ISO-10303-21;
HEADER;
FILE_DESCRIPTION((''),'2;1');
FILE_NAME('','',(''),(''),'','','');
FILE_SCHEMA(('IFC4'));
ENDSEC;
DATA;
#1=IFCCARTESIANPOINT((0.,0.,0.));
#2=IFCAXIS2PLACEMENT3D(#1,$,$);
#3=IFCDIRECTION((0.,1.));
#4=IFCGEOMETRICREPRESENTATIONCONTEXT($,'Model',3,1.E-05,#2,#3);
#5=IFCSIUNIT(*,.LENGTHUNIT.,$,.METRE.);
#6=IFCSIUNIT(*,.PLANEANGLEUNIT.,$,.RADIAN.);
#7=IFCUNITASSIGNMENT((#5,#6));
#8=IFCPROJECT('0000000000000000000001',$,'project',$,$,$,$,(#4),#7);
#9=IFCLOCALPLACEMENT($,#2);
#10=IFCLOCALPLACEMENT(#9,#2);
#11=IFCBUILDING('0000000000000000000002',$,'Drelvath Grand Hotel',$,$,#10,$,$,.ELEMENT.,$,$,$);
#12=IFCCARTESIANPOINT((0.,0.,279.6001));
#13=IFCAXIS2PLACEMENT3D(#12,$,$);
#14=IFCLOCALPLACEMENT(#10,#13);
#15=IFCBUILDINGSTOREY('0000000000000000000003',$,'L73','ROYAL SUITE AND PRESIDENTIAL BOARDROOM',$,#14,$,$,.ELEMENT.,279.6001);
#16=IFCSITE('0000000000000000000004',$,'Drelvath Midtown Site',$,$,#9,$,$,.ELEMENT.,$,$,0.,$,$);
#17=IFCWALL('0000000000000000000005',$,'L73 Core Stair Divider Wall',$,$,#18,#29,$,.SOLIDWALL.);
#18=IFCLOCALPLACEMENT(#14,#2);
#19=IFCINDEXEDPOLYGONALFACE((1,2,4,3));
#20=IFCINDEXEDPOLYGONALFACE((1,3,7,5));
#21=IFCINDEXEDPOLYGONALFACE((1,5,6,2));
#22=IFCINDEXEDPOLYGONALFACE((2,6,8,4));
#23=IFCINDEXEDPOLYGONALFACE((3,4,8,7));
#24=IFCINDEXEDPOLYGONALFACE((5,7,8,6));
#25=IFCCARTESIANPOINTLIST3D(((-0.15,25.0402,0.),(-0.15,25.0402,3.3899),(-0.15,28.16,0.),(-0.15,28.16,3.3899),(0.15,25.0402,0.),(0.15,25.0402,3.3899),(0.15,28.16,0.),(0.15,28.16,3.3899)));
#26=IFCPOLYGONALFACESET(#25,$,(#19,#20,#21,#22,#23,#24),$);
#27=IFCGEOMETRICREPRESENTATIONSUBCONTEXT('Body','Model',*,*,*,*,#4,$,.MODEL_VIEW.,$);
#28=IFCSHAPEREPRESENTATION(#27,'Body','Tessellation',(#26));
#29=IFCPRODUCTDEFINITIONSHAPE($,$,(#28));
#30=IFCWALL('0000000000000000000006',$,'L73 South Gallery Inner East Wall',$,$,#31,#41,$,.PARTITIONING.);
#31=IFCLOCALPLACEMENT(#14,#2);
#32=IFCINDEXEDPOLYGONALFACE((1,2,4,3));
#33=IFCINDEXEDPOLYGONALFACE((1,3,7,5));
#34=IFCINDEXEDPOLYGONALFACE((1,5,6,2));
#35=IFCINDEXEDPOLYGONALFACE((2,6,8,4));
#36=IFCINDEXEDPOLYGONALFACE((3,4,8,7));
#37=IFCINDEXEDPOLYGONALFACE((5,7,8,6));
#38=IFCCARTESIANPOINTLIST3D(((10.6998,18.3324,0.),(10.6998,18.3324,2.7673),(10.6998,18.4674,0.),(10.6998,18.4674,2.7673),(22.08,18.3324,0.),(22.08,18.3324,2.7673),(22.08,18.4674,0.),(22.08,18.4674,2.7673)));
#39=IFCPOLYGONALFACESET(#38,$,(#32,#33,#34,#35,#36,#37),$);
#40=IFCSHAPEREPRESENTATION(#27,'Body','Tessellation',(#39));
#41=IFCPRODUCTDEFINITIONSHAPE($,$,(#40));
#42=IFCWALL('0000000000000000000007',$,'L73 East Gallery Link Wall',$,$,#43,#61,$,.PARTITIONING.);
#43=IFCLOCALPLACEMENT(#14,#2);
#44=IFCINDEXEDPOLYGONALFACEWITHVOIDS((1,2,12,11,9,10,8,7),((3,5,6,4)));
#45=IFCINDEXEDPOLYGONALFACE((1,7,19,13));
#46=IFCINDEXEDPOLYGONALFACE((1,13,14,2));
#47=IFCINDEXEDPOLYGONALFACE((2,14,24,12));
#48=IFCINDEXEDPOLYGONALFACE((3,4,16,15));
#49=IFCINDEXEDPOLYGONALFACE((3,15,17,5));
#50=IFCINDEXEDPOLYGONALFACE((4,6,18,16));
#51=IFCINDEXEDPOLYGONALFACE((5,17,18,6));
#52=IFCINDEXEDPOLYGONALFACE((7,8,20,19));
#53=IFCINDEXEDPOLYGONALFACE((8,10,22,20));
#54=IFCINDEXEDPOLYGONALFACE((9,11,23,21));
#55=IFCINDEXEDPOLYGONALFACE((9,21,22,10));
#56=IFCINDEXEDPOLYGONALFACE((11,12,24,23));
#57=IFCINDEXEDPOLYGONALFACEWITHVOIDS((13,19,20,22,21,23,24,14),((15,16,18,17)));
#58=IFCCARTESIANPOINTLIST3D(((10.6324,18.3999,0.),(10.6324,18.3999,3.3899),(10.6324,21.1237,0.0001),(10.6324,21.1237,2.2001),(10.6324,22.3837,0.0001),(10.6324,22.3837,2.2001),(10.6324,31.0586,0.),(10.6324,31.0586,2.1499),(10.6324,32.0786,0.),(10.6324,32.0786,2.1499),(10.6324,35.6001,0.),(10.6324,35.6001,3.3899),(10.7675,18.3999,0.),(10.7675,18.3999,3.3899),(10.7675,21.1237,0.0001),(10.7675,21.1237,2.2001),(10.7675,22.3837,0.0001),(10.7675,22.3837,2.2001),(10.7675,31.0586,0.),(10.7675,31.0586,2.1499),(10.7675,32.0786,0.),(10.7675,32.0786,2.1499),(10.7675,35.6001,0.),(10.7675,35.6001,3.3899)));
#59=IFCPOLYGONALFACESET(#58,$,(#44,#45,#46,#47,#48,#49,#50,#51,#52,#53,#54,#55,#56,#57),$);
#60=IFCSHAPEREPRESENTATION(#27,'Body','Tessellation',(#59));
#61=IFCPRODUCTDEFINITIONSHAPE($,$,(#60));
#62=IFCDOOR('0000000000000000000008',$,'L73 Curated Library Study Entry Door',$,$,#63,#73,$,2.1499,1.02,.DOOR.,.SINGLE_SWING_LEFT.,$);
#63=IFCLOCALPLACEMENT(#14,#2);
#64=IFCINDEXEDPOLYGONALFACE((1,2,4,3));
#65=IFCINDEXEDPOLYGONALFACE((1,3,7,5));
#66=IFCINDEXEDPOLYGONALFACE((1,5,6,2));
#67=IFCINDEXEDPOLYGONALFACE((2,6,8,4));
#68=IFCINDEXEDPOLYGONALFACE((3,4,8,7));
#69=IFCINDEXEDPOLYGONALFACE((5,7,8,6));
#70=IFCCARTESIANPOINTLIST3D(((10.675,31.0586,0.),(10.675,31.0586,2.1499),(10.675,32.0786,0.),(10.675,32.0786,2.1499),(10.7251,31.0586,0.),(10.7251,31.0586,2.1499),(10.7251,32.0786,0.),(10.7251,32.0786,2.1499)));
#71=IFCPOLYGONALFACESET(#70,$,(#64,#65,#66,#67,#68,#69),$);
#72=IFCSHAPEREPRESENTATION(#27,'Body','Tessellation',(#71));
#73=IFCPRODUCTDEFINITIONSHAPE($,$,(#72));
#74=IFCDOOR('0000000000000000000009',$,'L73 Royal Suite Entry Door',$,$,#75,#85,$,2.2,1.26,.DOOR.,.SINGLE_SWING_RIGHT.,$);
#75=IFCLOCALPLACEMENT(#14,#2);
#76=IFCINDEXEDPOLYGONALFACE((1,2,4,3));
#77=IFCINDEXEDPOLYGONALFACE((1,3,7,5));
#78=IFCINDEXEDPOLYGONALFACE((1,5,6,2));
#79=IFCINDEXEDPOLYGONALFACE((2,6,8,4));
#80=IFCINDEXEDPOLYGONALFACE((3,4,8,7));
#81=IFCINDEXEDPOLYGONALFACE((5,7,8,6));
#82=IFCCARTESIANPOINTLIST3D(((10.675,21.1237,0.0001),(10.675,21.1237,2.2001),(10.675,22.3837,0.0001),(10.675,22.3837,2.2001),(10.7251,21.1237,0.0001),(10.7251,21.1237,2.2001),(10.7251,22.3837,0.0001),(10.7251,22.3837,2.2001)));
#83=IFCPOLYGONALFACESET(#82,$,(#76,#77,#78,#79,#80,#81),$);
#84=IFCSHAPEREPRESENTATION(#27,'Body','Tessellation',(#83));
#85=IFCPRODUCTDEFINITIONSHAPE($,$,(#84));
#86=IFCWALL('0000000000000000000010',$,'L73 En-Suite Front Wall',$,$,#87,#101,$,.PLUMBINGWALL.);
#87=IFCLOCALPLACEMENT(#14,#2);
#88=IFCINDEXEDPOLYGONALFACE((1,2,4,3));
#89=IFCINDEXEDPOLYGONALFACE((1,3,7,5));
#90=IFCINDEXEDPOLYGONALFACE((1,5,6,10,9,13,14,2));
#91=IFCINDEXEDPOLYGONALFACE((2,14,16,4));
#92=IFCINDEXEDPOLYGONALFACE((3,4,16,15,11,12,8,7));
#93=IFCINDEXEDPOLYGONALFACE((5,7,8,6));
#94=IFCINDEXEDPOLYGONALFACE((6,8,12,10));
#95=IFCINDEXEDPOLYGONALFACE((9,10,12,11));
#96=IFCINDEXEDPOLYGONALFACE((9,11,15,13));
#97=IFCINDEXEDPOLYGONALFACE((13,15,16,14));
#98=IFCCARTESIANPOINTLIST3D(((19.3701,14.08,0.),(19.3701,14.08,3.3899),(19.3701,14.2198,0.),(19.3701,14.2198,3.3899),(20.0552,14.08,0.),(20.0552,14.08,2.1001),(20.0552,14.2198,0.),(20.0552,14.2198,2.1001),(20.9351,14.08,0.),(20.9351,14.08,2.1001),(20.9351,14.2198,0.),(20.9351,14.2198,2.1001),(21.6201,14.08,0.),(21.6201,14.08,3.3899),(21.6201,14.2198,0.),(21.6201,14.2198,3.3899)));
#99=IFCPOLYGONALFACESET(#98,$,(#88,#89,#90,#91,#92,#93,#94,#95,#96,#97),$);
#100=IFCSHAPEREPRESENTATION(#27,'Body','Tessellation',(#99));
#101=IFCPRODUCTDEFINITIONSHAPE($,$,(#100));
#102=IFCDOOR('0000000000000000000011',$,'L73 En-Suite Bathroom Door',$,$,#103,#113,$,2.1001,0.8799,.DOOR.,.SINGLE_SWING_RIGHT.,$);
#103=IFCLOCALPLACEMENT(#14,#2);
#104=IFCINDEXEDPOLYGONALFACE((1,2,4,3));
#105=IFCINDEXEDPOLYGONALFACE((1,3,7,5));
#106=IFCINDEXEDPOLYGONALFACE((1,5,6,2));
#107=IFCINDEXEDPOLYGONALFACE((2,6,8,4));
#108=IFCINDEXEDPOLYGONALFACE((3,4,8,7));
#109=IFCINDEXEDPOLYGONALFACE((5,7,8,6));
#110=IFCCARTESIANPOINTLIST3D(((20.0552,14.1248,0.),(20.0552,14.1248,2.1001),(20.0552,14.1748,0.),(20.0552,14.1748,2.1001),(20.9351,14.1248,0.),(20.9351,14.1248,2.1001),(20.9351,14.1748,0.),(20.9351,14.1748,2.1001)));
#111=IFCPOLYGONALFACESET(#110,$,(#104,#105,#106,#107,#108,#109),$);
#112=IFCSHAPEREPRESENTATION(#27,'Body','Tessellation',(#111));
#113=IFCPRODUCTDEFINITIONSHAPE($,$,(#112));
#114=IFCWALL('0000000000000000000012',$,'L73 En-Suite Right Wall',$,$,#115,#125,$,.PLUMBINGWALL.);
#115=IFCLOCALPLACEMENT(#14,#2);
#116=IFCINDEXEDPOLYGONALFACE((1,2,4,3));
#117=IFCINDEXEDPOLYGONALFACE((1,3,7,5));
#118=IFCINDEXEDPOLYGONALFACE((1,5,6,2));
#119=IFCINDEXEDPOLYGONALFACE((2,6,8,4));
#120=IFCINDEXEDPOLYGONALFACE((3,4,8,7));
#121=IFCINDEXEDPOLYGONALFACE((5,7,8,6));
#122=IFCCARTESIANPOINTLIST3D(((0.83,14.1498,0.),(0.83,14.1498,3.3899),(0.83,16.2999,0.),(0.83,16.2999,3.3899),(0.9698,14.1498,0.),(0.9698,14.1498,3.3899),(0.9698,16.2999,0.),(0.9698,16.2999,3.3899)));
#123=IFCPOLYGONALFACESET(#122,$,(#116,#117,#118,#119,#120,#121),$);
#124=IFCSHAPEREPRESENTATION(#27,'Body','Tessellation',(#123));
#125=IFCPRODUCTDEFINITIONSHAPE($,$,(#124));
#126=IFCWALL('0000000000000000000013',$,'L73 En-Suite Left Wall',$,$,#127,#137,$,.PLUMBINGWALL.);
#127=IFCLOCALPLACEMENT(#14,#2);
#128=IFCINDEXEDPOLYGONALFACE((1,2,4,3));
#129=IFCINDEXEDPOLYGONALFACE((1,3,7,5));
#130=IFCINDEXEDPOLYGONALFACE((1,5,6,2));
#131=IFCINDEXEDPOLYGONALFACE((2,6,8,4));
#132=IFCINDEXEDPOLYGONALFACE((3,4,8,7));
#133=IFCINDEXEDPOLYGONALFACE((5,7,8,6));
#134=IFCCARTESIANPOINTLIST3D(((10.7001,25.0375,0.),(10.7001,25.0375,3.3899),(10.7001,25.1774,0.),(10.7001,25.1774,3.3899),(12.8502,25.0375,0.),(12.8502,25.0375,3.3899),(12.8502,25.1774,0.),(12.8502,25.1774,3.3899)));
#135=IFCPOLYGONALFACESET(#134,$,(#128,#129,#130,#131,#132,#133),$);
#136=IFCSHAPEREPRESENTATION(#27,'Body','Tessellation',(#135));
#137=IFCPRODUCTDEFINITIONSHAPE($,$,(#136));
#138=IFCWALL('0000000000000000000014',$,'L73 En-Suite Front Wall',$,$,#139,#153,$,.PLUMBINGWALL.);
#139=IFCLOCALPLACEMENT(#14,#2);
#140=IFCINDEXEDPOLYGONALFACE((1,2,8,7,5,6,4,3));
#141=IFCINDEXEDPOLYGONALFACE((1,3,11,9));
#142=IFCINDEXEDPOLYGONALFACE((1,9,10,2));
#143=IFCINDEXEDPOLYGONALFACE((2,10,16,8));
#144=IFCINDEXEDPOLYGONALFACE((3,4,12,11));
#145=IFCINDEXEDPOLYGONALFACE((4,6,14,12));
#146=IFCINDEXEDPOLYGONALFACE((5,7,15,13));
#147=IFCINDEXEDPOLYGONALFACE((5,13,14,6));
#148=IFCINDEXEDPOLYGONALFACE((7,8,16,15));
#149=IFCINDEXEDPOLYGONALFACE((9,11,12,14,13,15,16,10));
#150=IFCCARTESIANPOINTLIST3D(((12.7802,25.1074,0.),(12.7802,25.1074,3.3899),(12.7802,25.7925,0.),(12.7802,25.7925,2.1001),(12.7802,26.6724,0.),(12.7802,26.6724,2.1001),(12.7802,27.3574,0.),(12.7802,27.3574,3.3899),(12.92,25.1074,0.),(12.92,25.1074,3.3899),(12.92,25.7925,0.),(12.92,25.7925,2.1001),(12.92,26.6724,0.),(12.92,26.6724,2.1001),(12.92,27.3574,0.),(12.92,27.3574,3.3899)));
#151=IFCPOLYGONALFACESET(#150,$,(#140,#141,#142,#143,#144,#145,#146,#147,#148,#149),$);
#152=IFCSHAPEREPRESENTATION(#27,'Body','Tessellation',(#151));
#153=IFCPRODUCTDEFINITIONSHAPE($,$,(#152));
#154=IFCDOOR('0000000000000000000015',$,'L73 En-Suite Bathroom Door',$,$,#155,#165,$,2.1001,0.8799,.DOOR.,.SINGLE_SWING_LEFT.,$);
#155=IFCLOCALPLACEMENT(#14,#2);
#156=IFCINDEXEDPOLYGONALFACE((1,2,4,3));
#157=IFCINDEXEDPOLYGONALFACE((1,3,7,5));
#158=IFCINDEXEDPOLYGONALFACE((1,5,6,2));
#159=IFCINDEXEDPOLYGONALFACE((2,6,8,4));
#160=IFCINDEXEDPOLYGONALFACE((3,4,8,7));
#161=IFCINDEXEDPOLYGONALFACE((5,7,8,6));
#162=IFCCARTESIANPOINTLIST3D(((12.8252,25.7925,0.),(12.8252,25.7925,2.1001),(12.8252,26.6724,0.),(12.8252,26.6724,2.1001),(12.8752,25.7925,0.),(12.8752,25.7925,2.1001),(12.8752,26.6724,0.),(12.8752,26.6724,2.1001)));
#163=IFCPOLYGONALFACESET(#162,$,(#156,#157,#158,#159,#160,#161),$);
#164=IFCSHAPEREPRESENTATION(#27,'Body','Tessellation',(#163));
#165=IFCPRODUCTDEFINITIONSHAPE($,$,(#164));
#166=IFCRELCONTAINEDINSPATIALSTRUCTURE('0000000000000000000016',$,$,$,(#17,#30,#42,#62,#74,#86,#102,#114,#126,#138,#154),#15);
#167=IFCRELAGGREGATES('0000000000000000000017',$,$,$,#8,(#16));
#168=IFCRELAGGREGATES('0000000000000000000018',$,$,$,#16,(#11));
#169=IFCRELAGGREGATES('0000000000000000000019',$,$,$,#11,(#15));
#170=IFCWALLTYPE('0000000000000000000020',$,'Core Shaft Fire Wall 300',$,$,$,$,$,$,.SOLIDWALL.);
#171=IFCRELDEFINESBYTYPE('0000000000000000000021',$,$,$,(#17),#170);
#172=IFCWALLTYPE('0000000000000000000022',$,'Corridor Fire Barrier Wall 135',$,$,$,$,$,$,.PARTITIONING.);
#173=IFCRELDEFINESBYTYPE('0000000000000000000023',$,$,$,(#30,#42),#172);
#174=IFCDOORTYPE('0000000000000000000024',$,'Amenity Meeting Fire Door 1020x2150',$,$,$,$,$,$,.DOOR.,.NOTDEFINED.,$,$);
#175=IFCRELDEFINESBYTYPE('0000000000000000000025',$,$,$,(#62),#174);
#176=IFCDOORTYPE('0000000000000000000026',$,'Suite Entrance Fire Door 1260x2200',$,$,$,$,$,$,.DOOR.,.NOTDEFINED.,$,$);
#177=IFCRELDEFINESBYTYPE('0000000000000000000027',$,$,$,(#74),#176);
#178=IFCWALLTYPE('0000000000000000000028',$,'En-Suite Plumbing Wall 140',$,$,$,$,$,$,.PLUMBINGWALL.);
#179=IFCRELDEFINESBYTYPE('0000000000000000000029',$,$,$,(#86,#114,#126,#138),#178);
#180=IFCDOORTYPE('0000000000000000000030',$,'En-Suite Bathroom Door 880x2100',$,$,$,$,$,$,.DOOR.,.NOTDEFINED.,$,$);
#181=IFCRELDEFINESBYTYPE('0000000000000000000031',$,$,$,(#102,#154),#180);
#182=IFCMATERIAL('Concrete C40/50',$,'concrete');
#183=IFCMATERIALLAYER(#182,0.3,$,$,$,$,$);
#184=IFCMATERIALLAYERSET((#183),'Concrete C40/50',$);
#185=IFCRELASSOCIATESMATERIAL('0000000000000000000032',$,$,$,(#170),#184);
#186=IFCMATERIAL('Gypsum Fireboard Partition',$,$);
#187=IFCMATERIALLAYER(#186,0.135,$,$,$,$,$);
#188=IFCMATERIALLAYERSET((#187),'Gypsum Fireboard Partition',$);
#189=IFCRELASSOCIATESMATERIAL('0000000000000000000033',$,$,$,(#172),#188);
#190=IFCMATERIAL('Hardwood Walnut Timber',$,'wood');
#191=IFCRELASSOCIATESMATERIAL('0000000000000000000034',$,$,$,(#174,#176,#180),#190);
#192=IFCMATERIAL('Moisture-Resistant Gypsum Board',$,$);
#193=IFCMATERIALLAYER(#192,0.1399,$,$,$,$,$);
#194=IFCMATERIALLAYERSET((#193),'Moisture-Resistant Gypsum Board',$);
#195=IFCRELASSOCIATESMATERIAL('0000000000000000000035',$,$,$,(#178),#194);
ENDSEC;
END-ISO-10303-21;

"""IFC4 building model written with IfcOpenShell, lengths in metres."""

from ifc_helpers import new_model, si_unit, direction, frame, frame_2d, origin, place, context, subcontext, project, spatial, rectangle, extrude, material, layer, layer_set, type_object, element, fill, save


model = new_model("IFC4")

# Units and contexts
model_context = context("Model", 3, precision=1e-05, world=origin(), true_north=direction((0.0, 1.0)))
body_context = subcontext(model_context, "Body", "Model", "MODEL_VIEW")
ifc_project = project(units=[si_unit("LENGTHUNIT", "METRE"), si_unit("PLANEANGLEUNIT", "RADIAN")], contexts=[model_context])

# Site, building, storey
site_placement = place(None, origin())
site = spatial("IfcSite", under=ifc_project, at=site_placement, Name="Drelvath Midtown Site", CompositionType="ELEMENT", RefElevation=0.0)
building_placement = place(site_placement, origin())
building = spatial("IfcBuilding", under=site, at=building_placement, Name="Drelvath Grand Hotel", CompositionType="ELEMENT")
storey_placement = place(building_placement, frame((0.0, 0.0, 279.6001)))
storey = spatial("IfcBuildingStorey", under=building, at=storey_placement, Name="L73", Description="ROYAL SUITE AND PRESIDENTIAL BOARDROOM", CompositionType="ELEMENT", Elevation=279.6001)

# Walls
ifc_material_1 = material(Name="Concrete C40/50", Category="concrete")
ifc_layer_1 = layer(ifc_material_1, 0.3)
ifc_layer_set_1 = layer_set([ifc_layer_1], Name="Concrete C40/50")
wall_type_1 = type_object("IfcWallType", Name="Core Shaft Fire Wall 300", PredefinedType="SOLIDWALL", material=ifc_layer_set_1)
wall_1_placement = place(storey_placement, frame((0.0, 25.04, 0.0), z_axis=(0.0, 0.0, 1.0), x_axis=(0.0, 1.0, 0.0)))
element("IfcWall", 1, at=wall_1_placement, inside=storey, type_object=wall_type_1, Name="L73 Core Stair Divider Wall", PredefinedType="SOLIDWALL", context=body_context, shape_type="SweptSolid", body=[
    extrude(rectangle(XDim=3.1199, YDim=0.3, at=frame_2d((1.5601, 0.0))), origin(), (0.0, 0.0, 1.0), 3.3899),
])
ifc_material_2 = material(Name="Gypsum Fireboard Partition")
ifc_layer_2 = layer(ifc_material_2, 0.135)
ifc_layer_set_2 = layer_set([ifc_layer_2], Name="Gypsum Fireboard Partition")
wall_type_2 = type_object("IfcWallType", Name="Corridor Fire Barrier Wall 135", PredefinedType="PARTITIONING", material=ifc_layer_set_2)
wall_2_placement = place(storey_placement, frame((10.7, 18.3999, 0.0), z_axis=(0.0, 0.0, 1.0), x_axis=(1.0, 0.0, 0.0)))
element("IfcWall", 2, at=wall_2_placement, inside=storey, type_object=wall_type_2, Name="L73 South Gallery Inner East Wall", PredefinedType="PARTITIONING", context=body_context, shape_type="SweptSolid", body=[
    extrude(rectangle(XDim=11.3801, YDim=0.135, at=frame_2d((5.6899, 0.0))), origin(), (0.0, 0.0, 1.0), 2.7673),
])

# Wall, openings, doors
wall_3_placement = place(storey_placement, frame((10.7, 18.3999, 0.0), z_axis=(0.0, 0.0, 1.0), x_axis=(0.0, 1.0, 0.0)))
wall_3 = element("IfcWall", 3, at=wall_3_placement, inside=storey, type_object=wall_type_2, Name="L73 East Gallery Link Wall", PredefinedType="PARTITIONING", context=body_context, shape_type="SweptSolid", body=[
    extrude(rectangle(XDim=17.2002, YDim=0.135, at=frame_2d((8.6001, 0.0))), origin(), (0.0, 0.0, 1.0), 3.3899),
])
opening_1_placement = place(wall_3_placement, frame((2.7239, 0.0, 0.0)))
opening_1 = element("IfcOpeningElement", 4, at=opening_1_placement, cuts=wall_3, PredefinedType="OPENING", context=body_context, shape_type="SweptSolid", body=[
    extrude(rectangle(XDim=1.26, YDim=2.2, at=frame_2d((0.6299, 1.1001))), frame((0.0, 0.0774, 0.0), z_axis=(0.0, -1.0, 0.0), x_axis=(1.0, 0.0, 0.0)), (0.0, 0.0, 1.0), 0.155),
])
opening_2_placement = place(wall_3_placement, frame((12.6587, 0.0, 0.0)))
opening_2 = element("IfcOpeningElement", 5, at=opening_2_placement, cuts=wall_3, PredefinedType="OPENING", context=body_context, shape_type="SweptSolid", body=[
    extrude(rectangle(XDim=1.02, YDim=2.1499, at=frame_2d((0.51, 1.075))), frame((0.0, 0.0774, 0.0), z_axis=(0.0, -1.0, 0.0), x_axis=(1.0, 0.0, 0.0)), (0.0, 0.0, 1.0), 0.155),
])
ifc_material_3 = material(Name="Hardwood Walnut Timber", Category="wood")
door_type_1 = type_object("IfcDoorType", Name="Amenity Meeting Fire Door 1020x2150", OperationType="NOTDEFINED", PredefinedType="DOOR", material=ifc_material_3)
door_1_placement = place(opening_2_placement, origin())
door_1 = element("IfcDoor", 6, at=door_1_placement, inside=storey, type_object=door_type_1, Name="L73 Curated Library Study Entry Door", OperationType="SINGLE_SWING_LEFT", OverallHeight=2.1499, OverallWidth=1.02, PredefinedType="DOOR", context=body_context, shape_type="SweptSolid", body=[
    extrude(rectangle(XDim=1.02, YDim=2.1499, at=frame_2d((0.51, 1.075))), frame((0.0, 0.0249, 0.0), z_axis=(0.0, -1.0, 0.0), x_axis=(1.0, 0.0, 0.0)), (0.0, 0.0, 1.0), 0.05),
])
fill(opening_2, door_1)
door_type_2 = type_object("IfcDoorType", Name="Suite Entrance Fire Door 1260x2200", OperationType="NOTDEFINED", PredefinedType="DOOR", material=ifc_material_3)
door_2_placement = place(opening_1_placement, origin())
door_2 = element("IfcDoor", 7, at=door_2_placement, inside=storey, type_object=door_type_2, Name="L73 Royal Suite Entry Door", OperationType="SINGLE_SWING_RIGHT", OverallHeight=2.2, OverallWidth=1.26, PredefinedType="DOOR", context=body_context, shape_type="SweptSolid", body=[
    extrude(rectangle(XDim=1.26, YDim=2.2, at=frame_2d((0.6299, 1.1001))), frame((0.0, 0.0249, 0.0), z_axis=(0.0, -1.0, 0.0), x_axis=(1.0, 0.0, 0.0)), (0.0, 0.0, 1.0), 0.05),
])
fill(opening_1, door_2)

# Wall, opening, door
ifc_material_4 = material(Name="Moisture-Resistant Gypsum Board")
ifc_layer_3 = layer(ifc_material_4, 0.1399)
ifc_layer_set_3 = layer_set([ifc_layer_3], Name="Moisture-Resistant Gypsum Board")
wall_type_3 = type_object("IfcWallType", Name="En-Suite Plumbing Wall 140", PredefinedType="PLUMBINGWALL", material=ifc_layer_set_3)
wall_4_placement = place(storey_placement, frame((19.3701, 14.1499, 0.0), z_axis=(0.0, 0.0, 1.0), x_axis=(1.0, 0.0, 0.0)))
wall_4 = element("IfcWall", 8, at=wall_4_placement, inside=storey, type_object=wall_type_3, Name="L73 En-Suite Front Wall", PredefinedType="PLUMBINGWALL", context=body_context, shape_type="SweptSolid", body=[
    extrude(rectangle(XDim=2.25, YDim=0.1399, at=frame_2d((1.125, 0.0))), origin(), (0.0, 0.0, 1.0), 3.3899),
])
opening_3_placement = place(wall_4_placement, frame((0.6851, 0.0, 0.0)))
opening_3 = element("IfcOpeningElement", 9, at=opening_3_placement, cuts=wall_4, PredefinedType="OPENING", context=body_context, shape_type="SweptSolid", body=[
    extrude(rectangle(XDim=0.8799, YDim=2.1001, at=frame_2d((0.4399, 1.05))), frame((0.0, 0.0798, 0.0), z_axis=(0.0, -1.0, 0.0), x_axis=(1.0, 0.0, 0.0)), (0.0, 0.0, 1.0), 0.1599),
])
door_type_3 = type_object("IfcDoorType", Name="En-Suite Bathroom Door 880x2100", OperationType="NOTDEFINED", PredefinedType="DOOR", material=ifc_material_3)
door_3_placement = place(opening_3_placement, origin())
door_3 = element("IfcDoor", 10, at=door_3_placement, inside=storey, type_object=door_type_3, Name="L73 En-Suite Bathroom Door", OperationType="SINGLE_SWING_RIGHT", OverallHeight=2.1001, OverallWidth=0.8799, PredefinedType="DOOR", context=body_context, shape_type="SweptSolid", body=[
    extrude(rectangle(XDim=0.8799, YDim=2.1001, at=frame_2d((0.4399, 1.05))), frame((0.0, 0.0249, 0.0), z_axis=(0.0, -1.0, 0.0), x_axis=(1.0, 0.0, 0.0)), (0.0, 0.0, 1.0), 0.05),
])
fill(opening_3, door_3)

# Walls
for number, where, z_axis, x_axis, name in (
    (11, (0.8999, 16.3, 0.0), (0.0, 0.0, 1.0), (0.0, -1.0, 0.0), "L73 En-Suite Right Wall"),
    (12, (10.7, 25.1074, 0.0), (0.0, 0.0, 1.0), (1.0, 0.0, 0.0), "L73 En-Suite Left Wall"),
):
    element("IfcWall", number, at=place(storey_placement, frame(where, z_axis=z_axis, x_axis=x_axis)), inside=storey, type_object=wall_type_3, Name=name, PredefinedType="PLUMBINGWALL", context=body_context, shape_type="SweptSolid", body=[
        extrude(rectangle(XDim=2.1501, YDim=0.1399, at=frame_2d((1.0752, 0.0))), origin(), (0.0, 0.0, 1.0), 3.3899),
    ])

# Wall, opening, door
wall_5_placement = place(storey_placement, frame((12.8501, 25.1074, 0.0), z_axis=(0.0, 0.0, 1.0), x_axis=(0.0, 1.0, 0.0)))
wall_5 = element("IfcWall", 13, at=wall_5_placement, inside=storey, type_object=wall_type_3, Name="L73 En-Suite Front Wall", PredefinedType="PLUMBINGWALL", context=body_context, shape_type="SweptSolid", body=[
    extrude(rectangle(XDim=2.25, YDim=0.1399, at=frame_2d((1.125, 0.0))), origin(), (0.0, 0.0, 1.0), 3.3899),
])
opening_4_placement = place(wall_5_placement, frame((0.6851, 0.0, 0.0)))
opening_4 = element("IfcOpeningElement", 14, at=opening_4_placement, cuts=wall_5, PredefinedType="OPENING", context=body_context, shape_type="SweptSolid", body=[
    extrude(rectangle(XDim=0.8799, YDim=2.1001, at=frame_2d((0.4399, 1.05))), frame((0.0, 0.0798, 0.0), z_axis=(0.0, -1.0, 0.0), x_axis=(1.0, 0.0, 0.0)), (0.0, 0.0, 1.0), 0.1599),
])
door_4_placement = place(opening_4_placement, origin())
door_4 = element("IfcDoor", 15, at=door_4_placement, inside=storey, type_object=door_type_3, Name="L73 En-Suite Bathroom Door", OperationType="SINGLE_SWING_LEFT", OverallHeight=2.1001, OverallWidth=0.8799, PredefinedType="DOOR", context=body_context, shape_type="SweptSolid", body=[
    extrude(rectangle(XDim=0.8799, YDim=2.1001, at=frame_2d((0.4399, 1.05))), frame((0.0, 0.0249, 0.0), z_axis=(0.0, -1.0, 0.0), x_axis=(1.0, 0.0, 0.0)), (0.0, 0.0, 1.0), 0.05),
])
fill(opening_4, door_4)

save(model, "model.ifc")
